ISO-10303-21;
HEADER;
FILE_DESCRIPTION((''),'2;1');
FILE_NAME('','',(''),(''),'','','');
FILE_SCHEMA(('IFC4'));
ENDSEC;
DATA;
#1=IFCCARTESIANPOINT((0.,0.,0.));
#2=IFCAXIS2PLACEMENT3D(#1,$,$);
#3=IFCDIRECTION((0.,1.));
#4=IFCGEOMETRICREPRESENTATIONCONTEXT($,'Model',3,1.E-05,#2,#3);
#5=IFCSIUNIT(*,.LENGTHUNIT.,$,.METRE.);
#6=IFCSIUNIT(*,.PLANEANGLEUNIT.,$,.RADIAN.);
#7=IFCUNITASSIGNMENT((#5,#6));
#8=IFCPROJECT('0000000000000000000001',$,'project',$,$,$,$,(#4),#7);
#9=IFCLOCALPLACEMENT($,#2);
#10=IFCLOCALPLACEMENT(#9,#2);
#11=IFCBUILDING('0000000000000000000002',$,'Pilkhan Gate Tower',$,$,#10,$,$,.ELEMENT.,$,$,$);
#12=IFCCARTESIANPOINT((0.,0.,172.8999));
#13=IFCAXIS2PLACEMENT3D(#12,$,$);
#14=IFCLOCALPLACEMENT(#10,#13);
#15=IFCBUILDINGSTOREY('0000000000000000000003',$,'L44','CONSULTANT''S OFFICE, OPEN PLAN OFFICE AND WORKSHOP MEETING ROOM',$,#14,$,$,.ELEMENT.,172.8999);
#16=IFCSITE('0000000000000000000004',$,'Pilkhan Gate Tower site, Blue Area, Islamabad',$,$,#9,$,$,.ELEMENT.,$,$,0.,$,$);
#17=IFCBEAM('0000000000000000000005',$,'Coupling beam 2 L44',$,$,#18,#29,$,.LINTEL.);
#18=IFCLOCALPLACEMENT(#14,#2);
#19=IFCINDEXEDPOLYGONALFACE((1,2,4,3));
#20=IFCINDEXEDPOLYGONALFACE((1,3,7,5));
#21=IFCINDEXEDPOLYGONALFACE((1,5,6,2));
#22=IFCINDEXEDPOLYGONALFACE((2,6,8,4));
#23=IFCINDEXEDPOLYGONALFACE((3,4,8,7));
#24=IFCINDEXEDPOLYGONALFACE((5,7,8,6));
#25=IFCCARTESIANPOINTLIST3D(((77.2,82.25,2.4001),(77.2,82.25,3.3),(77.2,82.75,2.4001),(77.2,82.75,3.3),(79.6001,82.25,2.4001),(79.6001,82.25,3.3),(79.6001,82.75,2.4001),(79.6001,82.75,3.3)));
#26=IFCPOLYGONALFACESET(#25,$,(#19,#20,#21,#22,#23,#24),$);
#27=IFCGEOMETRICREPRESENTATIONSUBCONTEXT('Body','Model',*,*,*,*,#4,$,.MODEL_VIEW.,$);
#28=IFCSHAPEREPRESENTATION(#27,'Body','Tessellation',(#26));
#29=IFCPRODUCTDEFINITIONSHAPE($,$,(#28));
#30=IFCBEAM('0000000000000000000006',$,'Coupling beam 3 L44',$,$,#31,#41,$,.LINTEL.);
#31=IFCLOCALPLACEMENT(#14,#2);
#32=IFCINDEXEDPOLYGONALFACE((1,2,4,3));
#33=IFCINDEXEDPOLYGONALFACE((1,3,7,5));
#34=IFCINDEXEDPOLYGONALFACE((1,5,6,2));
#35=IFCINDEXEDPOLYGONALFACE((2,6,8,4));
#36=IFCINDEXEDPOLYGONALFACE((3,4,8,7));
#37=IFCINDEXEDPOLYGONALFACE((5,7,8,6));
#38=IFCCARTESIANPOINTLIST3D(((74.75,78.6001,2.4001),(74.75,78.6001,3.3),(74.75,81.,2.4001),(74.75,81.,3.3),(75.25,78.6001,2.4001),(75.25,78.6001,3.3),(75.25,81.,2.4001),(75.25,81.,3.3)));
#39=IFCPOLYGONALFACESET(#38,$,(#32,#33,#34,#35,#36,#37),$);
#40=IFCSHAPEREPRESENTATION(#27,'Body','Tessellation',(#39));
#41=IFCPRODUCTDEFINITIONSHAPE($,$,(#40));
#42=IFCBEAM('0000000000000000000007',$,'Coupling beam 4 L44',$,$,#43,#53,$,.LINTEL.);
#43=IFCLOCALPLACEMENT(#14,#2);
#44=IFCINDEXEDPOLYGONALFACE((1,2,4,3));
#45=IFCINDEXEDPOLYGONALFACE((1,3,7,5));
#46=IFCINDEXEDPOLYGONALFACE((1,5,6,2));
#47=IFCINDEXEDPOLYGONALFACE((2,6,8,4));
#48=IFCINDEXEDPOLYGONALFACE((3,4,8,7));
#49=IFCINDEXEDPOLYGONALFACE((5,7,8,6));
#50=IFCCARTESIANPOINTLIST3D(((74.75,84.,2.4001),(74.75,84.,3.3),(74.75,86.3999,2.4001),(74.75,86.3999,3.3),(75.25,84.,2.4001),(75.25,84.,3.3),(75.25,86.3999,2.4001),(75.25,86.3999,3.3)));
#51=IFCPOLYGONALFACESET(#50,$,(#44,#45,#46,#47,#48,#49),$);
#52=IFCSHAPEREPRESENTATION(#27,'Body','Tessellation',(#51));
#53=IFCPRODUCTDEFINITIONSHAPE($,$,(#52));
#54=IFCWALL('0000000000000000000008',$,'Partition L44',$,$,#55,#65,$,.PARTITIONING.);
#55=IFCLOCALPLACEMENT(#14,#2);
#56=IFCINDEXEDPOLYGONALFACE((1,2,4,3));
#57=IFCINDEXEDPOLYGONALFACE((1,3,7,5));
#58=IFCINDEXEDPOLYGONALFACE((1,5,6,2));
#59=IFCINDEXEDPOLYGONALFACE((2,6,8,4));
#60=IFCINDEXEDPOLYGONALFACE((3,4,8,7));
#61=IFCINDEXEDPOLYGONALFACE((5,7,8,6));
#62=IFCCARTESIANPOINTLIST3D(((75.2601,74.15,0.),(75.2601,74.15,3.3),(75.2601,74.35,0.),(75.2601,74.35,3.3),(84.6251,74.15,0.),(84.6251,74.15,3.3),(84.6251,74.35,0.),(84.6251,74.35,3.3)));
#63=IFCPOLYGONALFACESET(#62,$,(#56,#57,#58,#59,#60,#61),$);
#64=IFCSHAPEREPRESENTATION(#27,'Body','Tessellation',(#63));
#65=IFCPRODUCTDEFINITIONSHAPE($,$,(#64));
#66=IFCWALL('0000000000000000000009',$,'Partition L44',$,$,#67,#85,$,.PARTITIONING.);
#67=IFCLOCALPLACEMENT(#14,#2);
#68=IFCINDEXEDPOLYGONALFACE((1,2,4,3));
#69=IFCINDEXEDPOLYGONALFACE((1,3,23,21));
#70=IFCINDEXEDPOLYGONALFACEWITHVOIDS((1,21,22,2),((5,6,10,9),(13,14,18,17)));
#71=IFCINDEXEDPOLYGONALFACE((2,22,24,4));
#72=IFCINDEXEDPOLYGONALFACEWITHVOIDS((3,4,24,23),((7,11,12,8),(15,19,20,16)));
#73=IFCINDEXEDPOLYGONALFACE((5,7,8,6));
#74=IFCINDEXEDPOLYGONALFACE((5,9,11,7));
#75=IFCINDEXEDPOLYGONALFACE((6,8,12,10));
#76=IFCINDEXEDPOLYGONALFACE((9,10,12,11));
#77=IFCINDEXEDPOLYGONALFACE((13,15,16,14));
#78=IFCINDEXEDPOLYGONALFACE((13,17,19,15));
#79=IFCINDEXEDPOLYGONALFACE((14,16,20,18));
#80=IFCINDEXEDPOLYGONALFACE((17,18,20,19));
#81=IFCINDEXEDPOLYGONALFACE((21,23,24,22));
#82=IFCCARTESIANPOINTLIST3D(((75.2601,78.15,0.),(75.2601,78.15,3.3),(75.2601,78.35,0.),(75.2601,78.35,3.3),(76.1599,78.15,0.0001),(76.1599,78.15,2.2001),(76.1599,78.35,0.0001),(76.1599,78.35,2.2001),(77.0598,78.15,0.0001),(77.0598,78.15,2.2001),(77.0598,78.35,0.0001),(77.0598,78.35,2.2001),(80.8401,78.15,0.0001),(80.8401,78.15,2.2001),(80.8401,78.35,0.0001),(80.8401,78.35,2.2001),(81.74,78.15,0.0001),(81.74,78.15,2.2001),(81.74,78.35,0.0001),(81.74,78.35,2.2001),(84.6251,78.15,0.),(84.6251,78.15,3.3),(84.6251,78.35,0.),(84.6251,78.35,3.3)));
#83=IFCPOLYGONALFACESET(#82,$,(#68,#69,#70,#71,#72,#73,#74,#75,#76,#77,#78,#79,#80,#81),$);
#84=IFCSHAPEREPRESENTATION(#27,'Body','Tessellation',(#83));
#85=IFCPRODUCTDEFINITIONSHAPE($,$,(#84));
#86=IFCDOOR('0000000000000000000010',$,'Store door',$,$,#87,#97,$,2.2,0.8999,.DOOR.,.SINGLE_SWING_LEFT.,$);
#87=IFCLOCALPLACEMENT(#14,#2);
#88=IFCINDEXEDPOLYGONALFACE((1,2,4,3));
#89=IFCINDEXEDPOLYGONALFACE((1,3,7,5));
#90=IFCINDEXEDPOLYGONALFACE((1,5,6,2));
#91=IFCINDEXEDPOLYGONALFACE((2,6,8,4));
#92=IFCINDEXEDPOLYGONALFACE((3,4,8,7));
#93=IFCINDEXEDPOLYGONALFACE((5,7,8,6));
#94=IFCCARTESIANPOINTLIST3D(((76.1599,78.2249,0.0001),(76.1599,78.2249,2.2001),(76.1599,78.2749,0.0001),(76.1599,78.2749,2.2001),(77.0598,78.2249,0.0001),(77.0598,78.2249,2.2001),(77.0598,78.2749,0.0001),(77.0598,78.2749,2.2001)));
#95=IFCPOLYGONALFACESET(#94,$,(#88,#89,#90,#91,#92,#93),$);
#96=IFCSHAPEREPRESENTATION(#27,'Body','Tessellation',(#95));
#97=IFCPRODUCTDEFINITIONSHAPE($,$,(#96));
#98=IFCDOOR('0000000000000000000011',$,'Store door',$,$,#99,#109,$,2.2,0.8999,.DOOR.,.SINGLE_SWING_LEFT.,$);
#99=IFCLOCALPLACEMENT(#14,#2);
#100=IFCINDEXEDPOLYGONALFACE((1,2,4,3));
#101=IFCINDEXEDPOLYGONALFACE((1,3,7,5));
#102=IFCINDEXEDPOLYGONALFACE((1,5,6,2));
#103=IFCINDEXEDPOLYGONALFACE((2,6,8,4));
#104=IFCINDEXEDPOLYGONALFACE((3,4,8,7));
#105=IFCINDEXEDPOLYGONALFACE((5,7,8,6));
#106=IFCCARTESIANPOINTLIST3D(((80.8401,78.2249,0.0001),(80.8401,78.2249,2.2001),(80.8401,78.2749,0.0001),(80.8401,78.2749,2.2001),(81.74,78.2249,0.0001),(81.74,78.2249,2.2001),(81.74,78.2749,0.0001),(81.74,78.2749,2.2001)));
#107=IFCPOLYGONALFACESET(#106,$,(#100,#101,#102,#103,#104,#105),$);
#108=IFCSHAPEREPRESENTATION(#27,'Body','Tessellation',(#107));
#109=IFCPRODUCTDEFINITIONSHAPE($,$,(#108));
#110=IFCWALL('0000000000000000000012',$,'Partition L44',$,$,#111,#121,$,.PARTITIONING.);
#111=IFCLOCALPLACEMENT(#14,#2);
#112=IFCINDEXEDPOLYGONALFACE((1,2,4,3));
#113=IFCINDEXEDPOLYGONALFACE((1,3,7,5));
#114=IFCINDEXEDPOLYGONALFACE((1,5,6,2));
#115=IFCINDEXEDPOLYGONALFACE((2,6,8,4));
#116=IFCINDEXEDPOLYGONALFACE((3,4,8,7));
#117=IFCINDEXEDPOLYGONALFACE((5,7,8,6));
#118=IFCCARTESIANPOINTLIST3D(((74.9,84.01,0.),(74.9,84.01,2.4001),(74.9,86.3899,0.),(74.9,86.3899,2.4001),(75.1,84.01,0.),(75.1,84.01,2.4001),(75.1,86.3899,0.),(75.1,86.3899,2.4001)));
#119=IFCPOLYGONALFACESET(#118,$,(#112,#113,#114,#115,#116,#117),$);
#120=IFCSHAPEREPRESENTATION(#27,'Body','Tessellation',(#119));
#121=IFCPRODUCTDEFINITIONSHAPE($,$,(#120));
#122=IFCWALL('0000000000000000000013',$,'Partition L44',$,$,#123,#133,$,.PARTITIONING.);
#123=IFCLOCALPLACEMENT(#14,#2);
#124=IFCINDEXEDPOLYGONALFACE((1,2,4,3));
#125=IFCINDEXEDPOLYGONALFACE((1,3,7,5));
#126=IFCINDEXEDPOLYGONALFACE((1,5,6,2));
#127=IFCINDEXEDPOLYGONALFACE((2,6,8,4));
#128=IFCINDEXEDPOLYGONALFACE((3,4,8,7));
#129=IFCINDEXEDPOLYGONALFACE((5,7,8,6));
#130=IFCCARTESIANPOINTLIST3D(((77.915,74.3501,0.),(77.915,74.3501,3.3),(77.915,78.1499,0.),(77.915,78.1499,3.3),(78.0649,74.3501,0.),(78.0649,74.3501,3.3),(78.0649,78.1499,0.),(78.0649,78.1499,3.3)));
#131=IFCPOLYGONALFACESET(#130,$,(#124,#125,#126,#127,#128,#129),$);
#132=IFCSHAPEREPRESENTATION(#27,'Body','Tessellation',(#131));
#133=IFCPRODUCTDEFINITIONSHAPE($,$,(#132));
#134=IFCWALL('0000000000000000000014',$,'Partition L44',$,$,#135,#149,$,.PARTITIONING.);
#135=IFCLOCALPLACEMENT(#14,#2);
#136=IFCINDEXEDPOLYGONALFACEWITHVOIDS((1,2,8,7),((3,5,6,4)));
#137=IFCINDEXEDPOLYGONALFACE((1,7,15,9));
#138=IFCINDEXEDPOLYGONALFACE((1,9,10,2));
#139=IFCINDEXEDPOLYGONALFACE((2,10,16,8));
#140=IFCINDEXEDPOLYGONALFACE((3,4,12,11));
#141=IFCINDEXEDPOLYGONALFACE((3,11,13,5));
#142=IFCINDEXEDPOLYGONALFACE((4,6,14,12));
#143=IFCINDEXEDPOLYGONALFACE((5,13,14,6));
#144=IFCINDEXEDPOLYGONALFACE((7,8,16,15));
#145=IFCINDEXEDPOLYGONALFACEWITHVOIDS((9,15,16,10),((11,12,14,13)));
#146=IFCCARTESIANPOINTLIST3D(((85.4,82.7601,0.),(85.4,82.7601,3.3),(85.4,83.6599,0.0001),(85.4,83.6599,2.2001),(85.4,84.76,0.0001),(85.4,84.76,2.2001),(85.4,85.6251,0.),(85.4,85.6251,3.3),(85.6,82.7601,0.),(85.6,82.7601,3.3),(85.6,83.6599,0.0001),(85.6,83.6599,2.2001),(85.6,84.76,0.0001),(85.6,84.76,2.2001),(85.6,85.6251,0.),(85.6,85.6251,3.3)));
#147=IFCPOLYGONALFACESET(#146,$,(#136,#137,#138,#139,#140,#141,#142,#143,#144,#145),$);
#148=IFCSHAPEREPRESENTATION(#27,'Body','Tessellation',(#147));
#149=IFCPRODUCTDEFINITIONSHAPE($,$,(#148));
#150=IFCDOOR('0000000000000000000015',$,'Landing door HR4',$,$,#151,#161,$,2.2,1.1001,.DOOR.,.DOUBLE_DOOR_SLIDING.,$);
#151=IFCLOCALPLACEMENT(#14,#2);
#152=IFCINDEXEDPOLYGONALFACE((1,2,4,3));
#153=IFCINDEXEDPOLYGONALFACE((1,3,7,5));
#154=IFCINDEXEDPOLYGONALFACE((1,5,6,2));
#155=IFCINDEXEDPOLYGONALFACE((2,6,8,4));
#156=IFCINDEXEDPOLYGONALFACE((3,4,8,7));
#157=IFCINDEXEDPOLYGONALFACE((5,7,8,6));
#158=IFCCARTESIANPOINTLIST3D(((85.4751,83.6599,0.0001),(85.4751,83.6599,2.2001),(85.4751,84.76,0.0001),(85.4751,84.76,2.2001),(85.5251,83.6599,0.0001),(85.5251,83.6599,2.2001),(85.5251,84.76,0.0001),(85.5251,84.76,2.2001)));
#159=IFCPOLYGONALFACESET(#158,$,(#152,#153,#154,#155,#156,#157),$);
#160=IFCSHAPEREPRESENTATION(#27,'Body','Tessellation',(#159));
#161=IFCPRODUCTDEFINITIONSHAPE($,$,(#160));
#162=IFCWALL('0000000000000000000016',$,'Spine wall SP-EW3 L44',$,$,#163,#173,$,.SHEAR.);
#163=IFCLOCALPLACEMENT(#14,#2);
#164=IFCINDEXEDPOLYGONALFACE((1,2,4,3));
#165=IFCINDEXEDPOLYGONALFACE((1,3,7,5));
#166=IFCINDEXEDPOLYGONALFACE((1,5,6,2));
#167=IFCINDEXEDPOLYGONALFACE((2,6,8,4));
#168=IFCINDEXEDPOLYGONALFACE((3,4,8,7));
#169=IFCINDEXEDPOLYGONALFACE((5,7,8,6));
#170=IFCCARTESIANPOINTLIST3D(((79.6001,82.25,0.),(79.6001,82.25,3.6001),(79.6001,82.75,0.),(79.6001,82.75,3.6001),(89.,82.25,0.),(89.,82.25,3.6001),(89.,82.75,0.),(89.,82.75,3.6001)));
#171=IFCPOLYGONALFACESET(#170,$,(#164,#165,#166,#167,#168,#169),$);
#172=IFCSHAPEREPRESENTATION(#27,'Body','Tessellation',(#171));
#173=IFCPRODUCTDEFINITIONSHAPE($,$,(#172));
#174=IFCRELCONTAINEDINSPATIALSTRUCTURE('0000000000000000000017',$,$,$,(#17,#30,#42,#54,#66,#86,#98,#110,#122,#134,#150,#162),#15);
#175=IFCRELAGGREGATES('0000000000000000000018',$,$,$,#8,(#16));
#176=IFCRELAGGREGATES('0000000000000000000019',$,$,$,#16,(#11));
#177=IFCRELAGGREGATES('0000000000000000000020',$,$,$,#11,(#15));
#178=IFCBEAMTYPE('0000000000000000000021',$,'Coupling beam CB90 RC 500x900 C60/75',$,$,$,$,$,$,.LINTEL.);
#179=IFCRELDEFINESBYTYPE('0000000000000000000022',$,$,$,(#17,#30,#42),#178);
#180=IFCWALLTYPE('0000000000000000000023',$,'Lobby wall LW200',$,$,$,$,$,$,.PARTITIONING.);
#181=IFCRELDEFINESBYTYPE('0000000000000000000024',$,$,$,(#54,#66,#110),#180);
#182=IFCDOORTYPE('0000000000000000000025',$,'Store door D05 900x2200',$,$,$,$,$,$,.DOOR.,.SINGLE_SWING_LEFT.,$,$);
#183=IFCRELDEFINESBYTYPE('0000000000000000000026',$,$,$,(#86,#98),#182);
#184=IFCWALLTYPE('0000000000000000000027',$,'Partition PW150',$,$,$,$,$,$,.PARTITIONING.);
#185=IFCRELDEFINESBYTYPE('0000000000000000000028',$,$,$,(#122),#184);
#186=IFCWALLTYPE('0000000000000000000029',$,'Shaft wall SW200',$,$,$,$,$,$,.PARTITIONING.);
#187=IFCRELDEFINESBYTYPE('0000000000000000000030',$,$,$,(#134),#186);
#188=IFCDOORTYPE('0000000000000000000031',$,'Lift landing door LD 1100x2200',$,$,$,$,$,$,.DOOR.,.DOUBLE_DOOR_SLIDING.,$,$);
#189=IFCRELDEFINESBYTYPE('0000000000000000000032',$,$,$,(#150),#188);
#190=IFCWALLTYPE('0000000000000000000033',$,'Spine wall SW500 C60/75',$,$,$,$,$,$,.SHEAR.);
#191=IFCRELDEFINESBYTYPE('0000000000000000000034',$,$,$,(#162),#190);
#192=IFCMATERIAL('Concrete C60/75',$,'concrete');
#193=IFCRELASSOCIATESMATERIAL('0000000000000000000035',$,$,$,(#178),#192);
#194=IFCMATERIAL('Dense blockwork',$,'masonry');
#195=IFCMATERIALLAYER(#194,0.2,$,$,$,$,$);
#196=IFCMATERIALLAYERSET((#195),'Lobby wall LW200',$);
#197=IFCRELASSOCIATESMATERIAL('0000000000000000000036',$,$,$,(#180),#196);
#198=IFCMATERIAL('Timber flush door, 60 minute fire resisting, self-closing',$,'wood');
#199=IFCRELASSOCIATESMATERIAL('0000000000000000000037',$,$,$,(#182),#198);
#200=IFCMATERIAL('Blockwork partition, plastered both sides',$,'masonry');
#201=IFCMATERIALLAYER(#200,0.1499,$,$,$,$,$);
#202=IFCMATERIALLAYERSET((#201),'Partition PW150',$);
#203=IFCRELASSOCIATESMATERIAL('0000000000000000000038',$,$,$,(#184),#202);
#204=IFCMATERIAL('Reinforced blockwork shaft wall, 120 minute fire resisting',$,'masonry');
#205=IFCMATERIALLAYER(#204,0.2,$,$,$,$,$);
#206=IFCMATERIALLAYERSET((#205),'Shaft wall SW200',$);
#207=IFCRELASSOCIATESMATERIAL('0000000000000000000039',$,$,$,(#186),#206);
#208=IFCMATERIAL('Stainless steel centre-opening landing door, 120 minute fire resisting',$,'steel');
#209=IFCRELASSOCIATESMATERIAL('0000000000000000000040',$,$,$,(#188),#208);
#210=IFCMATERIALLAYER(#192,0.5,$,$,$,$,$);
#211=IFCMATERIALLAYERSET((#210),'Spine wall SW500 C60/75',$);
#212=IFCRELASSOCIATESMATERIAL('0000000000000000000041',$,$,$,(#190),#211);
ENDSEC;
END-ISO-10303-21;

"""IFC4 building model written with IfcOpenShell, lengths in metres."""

from ifc_helpers import new_model, si_unit, direction, frame, frame_2d, origin, origin_2d, place, context, subcontext, project, spatial, rectangle, extrude, material, layer, layer_set, material_profile, profile_set, type_object, element, fill, save


model = new_model("IFC4")

# Units and contexts
model_context = context("Model", 3, precision=1e-05, world=origin(), true_north=direction((0.0, 1.0)))
body_context = subcontext(model_context, "Body", "Model", "MODEL_VIEW")
ifc_project = project(units=[si_unit("LENGTHUNIT", "METRE"), si_unit("PLANEANGLEUNIT", "RADIAN")], contexts=[model_context])

# Site, building, storey
site_placement = place(None, origin())
site = spatial("IfcSite", under=ifc_project, at=site_placement, Name="Pilkhan Gate Tower site, Blue Area, Islamabad", CompositionType="ELEMENT", RefElevation=0.0)
building_placement = place(site_placement, origin())
building = spatial("IfcBuilding", under=site, at=building_placement, Name="Pilkhan Gate Tower", CompositionType="ELEMENT")
storey_placement = place(building_placement, frame((0.0, 0.0, 172.8999)))
storey = spatial("IfcBuildingStorey", under=building, at=storey_placement, Name="L44", Description="CONSULTANT'S OFFICE, OPEN PLAN OFFICE AND WORKSHOP MEETING ROOM", CompositionType="ELEMENT", Elevation=172.8999)

# Beams
ifc_material_1 = material(Name="Concrete C60/75", Category="concrete")
ifc_material_profile = material_profile(ifc_material_1, rectangle(XDim=0.5, YDim=0.8999, at=origin_2d()), Name="RC 500x900")
ifc_profile_set = profile_set([ifc_material_profile], Name="Concrete C60/75")
beam_type = type_object("IfcBeamType", Name="Coupling beam CB90 RC 500x900 C60/75", PredefinedType="LINTEL", material=ifc_profile_set)
beam_placement = place(storey_placement, frame((77.2, 82.5, 2.8501), z_axis=(1.0, 0.0, 0.0), x_axis=(0.0, 1.0, 0.0)))
element("IfcBeam", 1, at=beam_placement, inside=storey, type_object=beam_type, Name="Coupling beam 2 L44", PredefinedType="LINTEL", context=body_context, shape_type="SweptSolid", body=[
    extrude(rectangle(XDim=0.5, YDim=0.8999, at=origin_2d()), origin(), (0.0, 0.0, 1.0), 2.4001),
])
for number, where, z_axis, x_axis, name in (
    (2, (75.0, 78.6001, 2.8501), (0.0, 1.0, 0.0), (-1.0, 0.0, 0.0), "Coupling beam 3 L44"),
    (3, (75.0, 84.0, 2.8501), (0.0, 1.0, 0.0), (-1.0, 0.0, 0.0), "Coupling beam 4 L44"),
):
    element("IfcBeam", number, at=place(storey_placement, frame(where, z_axis=z_axis, x_axis=x_axis)), inside=storey, type_object=beam_type, Name=name, PredefinedType="LINTEL", context=body_context, shape_type="SweptSolid", body=[
        extrude(rectangle(XDim=0.5, YDim=0.8999, at=origin_2d()), origin(), (0.0, 0.0, 1.0), 2.3999),
    ])

# Wall
ifc_material_2 = material(Name="Dense blockwork", Category="masonry")
ifc_layer_1 = layer(ifc_material_2, 0.2)
ifc_layer_set_1 = layer_set([ifc_layer_1], Name="Lobby wall LW200")
wall_type_1 = type_object("IfcWallType", Name="Lobby wall LW200", PredefinedType="PARTITIONING", material=ifc_layer_set_1)
wall_1_placement = place(storey_placement, frame((75.26, 74.25, 0.0), z_axis=(0.0, 0.0, 1.0), x_axis=(1.0, 0.0, 0.0)))
element("IfcWall", 4, at=wall_1_placement, inside=storey, type_object=wall_type_1, Name="Partition L44", PredefinedType="PARTITIONING", context=body_context, shape_type="SweptSolid", body=[
    extrude(rectangle(XDim=9.365, YDim=0.2, at=frame_2d((4.6826, 0.0))), origin(), (0.0, 0.0, 1.0), 3.3),
])

# Wall, openings, doors
wall_2_placement = place(storey_placement, frame((75.26, 78.25, 0.0), z_axis=(0.0, 0.0, 1.0), x_axis=(1.0, 0.0, 0.0)))
wall_2 = element("IfcWall", 5, at=wall_2_placement, inside=storey, type_object=wall_type_1, Name="Partition L44", PredefinedType="PARTITIONING", context=body_context, shape_type="SweptSolid", body=[
    extrude(rectangle(XDim=9.365, YDim=0.2, at=frame_2d((4.6826, 0.0))), origin(), (0.0, 0.0, 1.0), 3.3),
])
opening_1_placement = place(wall_2_placement, frame((0.8999, 0.0, 0.0)))
opening_1 = element("IfcOpeningElement", 6, at=opening_1_placement, cuts=wall_2, PredefinedType="OPENING", context=body_context, shape_type="SweptSolid", body=[
    extrude(rectangle(XDim=0.8999, YDim=2.2, at=frame_2d((0.45, 1.1001))), frame((0.0, 0.1099, 0.0), z_axis=(0.0, -1.0, 0.0), x_axis=(1.0, 0.0, 0.0)), (0.0, 0.0, 1.0), 0.22),
])
opening_2_placement = place(wall_2_placement, frame((5.5801, 0.0, 0.0)))
opening_2 = element("IfcOpeningElement", 7, at=opening_2_placement, cuts=wall_2, PredefinedType="OPENING", context=body_context, shape_type="SweptSolid", body=[
    extrude(rectangle(XDim=0.8999, YDim=2.2, at=frame_2d((0.45, 1.1001))), frame((0.0, 0.1099, 0.0), z_axis=(0.0, -1.0, 0.0), x_axis=(1.0, 0.0, 0.0)), (0.0, 0.0, 1.0), 0.22),
])
ifc_material_3 = material(Name="Timber flush door, 60 minute fire resisting, self-closing", Category="wood")
door_type_1 = type_object("IfcDoorType", Name="Store door D05 900x2200", OperationType="SINGLE_SWING_LEFT", PredefinedType="DOOR", material=ifc_material_3)
door_1_placement = place(opening_1_placement, origin())
door_1 = element("IfcDoor", 8, at=door_1_placement, inside=storey, type_object=door_type_1, Name="Store door", OperationType="SINGLE_SWING_LEFT", OverallHeight=2.2, OverallWidth=0.8999, PredefinedType="DOOR", context=body_context, shape_type="SweptSolid", body=[
    extrude(rectangle(XDim=0.8999, YDim=2.2, at=frame_2d((0.45, 1.1001))), frame((0.0, 0.0249, 0.0), z_axis=(0.0, -1.0, 0.0), x_axis=(1.0, 0.0, 0.0)), (0.0, 0.0, 1.0), 0.05),
])
fill(opening_1, door_1)
door_2_placement = place(opening_2_placement, origin())
door_2 = element("IfcDoor", 9, at=door_2_placement, inside=storey, type_object=door_type_1, Name="Store door", OperationType="SINGLE_SWING_LEFT", OverallHeight=2.2, OverallWidth=0.8999, PredefinedType="DOOR", context=body_context, shape_type="SweptSolid", body=[
    extrude(rectangle(XDim=0.8999, YDim=2.2, at=frame_2d((0.45, 1.1001))), frame((0.0, 0.0249, 0.0), z_axis=(0.0, -1.0, 0.0), x_axis=(1.0, 0.0, 0.0)), (0.0, 0.0, 1.0), 0.05),
])
fill(opening_2, door_2)

# Walls
wall_3_placement = place(storey_placement, frame((75.0, 84.01, 0.0), z_axis=(0.0, 0.0, 1.0), x_axis=(0.0, 1.0, 0.0)))
element("IfcWall", 10, at=wall_3_placement, inside=storey, type_object=wall_type_1, Name="Partition L44", PredefinedType="PARTITIONING", context=body_context, shape_type="SweptSolid", body=[
    extrude(rectangle(XDim=2.3799, YDim=0.2, at=frame_2d((1.1899, 0.0))), origin(), (0.0, 0.0, 1.0), 2.4001),
])
ifc_material_4 = material(Name="Blockwork partition, plastered both sides", Category="masonry")
ifc_layer_2 = layer(ifc_material_4, 0.1499)
ifc_layer_set_2 = layer_set([ifc_layer_2], Name="Partition PW150")
wall_type_2 = type_object("IfcWallType", Name="Partition PW150", PredefinedType="PARTITIONING", material=ifc_layer_set_2)
wall_4_placement = place(storey_placement, frame((77.99, 74.3501, 0.0), z_axis=(0.0, 0.0, 1.0), x_axis=(0.0, 1.0, 0.0)))
element("IfcWall", 11, at=wall_4_placement, inside=storey, type_object=wall_type_2, Name="Partition L44", PredefinedType="PARTITIONING", context=body_context, shape_type="SweptSolid", body=[
    extrude(rectangle(XDim=3.7998, YDim=0.1499, at=frame_2d((1.8999, 0.0))), origin(), (0.0, 0.0, 1.0), 3.3),
])

# Wall, opening, door
ifc_material_5 = material(Name="Reinforced blockwork shaft wall, 120 minute fire resisting", Category="masonry")
ifc_layer_3 = layer(ifc_material_5, 0.2)
ifc_layer_set_3 = layer_set([ifc_layer_3], Name="Shaft wall SW200")
wall_type_3 = type_object("IfcWallType", Name="Shaft wall SW200", PredefinedType="PARTITIONING", material=ifc_layer_set_3)
wall_5_placement = place(storey_placement, frame((85.5, 82.76, 0.0), z_axis=(0.0, 0.0, 1.0), x_axis=(0.0, 1.0, 0.0)))
wall_5 = element("IfcWall", 12, at=wall_5_placement, inside=storey, type_object=wall_type_3, Name="Partition L44", PredefinedType="PARTITIONING", context=body_context, shape_type="SweptSolid", body=[
    extrude(rectangle(XDim=2.865, YDim=0.2, at=frame_2d((1.4326, 0.0))), origin(), (0.0, 0.0, 1.0), 3.3),
])
opening_3_placement = place(wall_5_placement, frame((0.8999, 0.0, 0.0)))
opening_3 = element("IfcOpeningElement", 13, at=opening_3_placement, cuts=wall_5, PredefinedType="OPENING", context=body_context, shape_type="SweptSolid", body=[
    extrude(rectangle(XDim=1.1001, YDim=2.2, at=frame_2d((0.55, 1.1001))), frame((0.0, 0.1099, 0.0), z_axis=(0.0, -1.0, 0.0), x_axis=(1.0, 0.0, 0.0)), (0.0, 0.0, 1.0), 0.22),
])
ifc_material_6 = material(Name="Stainless steel centre-opening landing door, 120 minute fire resisting", Category="steel")
door_type_2 = type_object("IfcDoorType", Name="Lift landing door LD 1100x2200", OperationType="DOUBLE_DOOR_SLIDING", PredefinedType="DOOR", material=ifc_material_6)
door_3_placement = place(opening_3_placement, origin())
door_3 = element("IfcDoor", 14, at=door_3_placement, inside=storey, type_object=door_type_2, Name="Landing door HR4", OperationType="DOUBLE_DOOR_SLIDING", OverallHeight=2.2, OverallWidth=1.1001, PredefinedType="DOOR", context=body_context, shape_type="SweptSolid", body=[
    extrude(rectangle(XDim=1.1001, YDim=2.2, at=frame_2d((0.55, 1.1001))), frame((0.0, 0.0249, 0.0), z_axis=(0.0, -1.0, 0.0), x_axis=(1.0, 0.0, 0.0)), (0.0, 0.0, 1.0), 0.05),
])
fill(opening_3, door_3)

# Wall
ifc_layer_4 = layer(ifc_material_1, 0.5)
ifc_layer_set_4 = layer_set([ifc_layer_4], Name="Spine wall SW500 C60/75")
wall_type_4 = type_object("IfcWallType", Name="Spine wall SW500 C60/75", PredefinedType="SHEAR", material=ifc_layer_set_4)
wall_6_placement = place(storey_placement, frame((79.6001, 82.5, 0.0), z_axis=(0.0, 0.0, 1.0), x_axis=(1.0, 0.0, 0.0)))
element("IfcWall", 15, at=wall_6_placement, inside=storey, type_object=wall_type_4, Name="Spine wall SP-EW3 L44", PredefinedType="SHEAR", context=body_context, shape_type="SweptSolid", body=[
    extrude(rectangle(XDim=9.3999, YDim=0.5, at=frame_2d((4.7, 0.0))), origin(), (0.0, 0.0, 1.0), 3.6001),
])

save(model, "model.ifc")
